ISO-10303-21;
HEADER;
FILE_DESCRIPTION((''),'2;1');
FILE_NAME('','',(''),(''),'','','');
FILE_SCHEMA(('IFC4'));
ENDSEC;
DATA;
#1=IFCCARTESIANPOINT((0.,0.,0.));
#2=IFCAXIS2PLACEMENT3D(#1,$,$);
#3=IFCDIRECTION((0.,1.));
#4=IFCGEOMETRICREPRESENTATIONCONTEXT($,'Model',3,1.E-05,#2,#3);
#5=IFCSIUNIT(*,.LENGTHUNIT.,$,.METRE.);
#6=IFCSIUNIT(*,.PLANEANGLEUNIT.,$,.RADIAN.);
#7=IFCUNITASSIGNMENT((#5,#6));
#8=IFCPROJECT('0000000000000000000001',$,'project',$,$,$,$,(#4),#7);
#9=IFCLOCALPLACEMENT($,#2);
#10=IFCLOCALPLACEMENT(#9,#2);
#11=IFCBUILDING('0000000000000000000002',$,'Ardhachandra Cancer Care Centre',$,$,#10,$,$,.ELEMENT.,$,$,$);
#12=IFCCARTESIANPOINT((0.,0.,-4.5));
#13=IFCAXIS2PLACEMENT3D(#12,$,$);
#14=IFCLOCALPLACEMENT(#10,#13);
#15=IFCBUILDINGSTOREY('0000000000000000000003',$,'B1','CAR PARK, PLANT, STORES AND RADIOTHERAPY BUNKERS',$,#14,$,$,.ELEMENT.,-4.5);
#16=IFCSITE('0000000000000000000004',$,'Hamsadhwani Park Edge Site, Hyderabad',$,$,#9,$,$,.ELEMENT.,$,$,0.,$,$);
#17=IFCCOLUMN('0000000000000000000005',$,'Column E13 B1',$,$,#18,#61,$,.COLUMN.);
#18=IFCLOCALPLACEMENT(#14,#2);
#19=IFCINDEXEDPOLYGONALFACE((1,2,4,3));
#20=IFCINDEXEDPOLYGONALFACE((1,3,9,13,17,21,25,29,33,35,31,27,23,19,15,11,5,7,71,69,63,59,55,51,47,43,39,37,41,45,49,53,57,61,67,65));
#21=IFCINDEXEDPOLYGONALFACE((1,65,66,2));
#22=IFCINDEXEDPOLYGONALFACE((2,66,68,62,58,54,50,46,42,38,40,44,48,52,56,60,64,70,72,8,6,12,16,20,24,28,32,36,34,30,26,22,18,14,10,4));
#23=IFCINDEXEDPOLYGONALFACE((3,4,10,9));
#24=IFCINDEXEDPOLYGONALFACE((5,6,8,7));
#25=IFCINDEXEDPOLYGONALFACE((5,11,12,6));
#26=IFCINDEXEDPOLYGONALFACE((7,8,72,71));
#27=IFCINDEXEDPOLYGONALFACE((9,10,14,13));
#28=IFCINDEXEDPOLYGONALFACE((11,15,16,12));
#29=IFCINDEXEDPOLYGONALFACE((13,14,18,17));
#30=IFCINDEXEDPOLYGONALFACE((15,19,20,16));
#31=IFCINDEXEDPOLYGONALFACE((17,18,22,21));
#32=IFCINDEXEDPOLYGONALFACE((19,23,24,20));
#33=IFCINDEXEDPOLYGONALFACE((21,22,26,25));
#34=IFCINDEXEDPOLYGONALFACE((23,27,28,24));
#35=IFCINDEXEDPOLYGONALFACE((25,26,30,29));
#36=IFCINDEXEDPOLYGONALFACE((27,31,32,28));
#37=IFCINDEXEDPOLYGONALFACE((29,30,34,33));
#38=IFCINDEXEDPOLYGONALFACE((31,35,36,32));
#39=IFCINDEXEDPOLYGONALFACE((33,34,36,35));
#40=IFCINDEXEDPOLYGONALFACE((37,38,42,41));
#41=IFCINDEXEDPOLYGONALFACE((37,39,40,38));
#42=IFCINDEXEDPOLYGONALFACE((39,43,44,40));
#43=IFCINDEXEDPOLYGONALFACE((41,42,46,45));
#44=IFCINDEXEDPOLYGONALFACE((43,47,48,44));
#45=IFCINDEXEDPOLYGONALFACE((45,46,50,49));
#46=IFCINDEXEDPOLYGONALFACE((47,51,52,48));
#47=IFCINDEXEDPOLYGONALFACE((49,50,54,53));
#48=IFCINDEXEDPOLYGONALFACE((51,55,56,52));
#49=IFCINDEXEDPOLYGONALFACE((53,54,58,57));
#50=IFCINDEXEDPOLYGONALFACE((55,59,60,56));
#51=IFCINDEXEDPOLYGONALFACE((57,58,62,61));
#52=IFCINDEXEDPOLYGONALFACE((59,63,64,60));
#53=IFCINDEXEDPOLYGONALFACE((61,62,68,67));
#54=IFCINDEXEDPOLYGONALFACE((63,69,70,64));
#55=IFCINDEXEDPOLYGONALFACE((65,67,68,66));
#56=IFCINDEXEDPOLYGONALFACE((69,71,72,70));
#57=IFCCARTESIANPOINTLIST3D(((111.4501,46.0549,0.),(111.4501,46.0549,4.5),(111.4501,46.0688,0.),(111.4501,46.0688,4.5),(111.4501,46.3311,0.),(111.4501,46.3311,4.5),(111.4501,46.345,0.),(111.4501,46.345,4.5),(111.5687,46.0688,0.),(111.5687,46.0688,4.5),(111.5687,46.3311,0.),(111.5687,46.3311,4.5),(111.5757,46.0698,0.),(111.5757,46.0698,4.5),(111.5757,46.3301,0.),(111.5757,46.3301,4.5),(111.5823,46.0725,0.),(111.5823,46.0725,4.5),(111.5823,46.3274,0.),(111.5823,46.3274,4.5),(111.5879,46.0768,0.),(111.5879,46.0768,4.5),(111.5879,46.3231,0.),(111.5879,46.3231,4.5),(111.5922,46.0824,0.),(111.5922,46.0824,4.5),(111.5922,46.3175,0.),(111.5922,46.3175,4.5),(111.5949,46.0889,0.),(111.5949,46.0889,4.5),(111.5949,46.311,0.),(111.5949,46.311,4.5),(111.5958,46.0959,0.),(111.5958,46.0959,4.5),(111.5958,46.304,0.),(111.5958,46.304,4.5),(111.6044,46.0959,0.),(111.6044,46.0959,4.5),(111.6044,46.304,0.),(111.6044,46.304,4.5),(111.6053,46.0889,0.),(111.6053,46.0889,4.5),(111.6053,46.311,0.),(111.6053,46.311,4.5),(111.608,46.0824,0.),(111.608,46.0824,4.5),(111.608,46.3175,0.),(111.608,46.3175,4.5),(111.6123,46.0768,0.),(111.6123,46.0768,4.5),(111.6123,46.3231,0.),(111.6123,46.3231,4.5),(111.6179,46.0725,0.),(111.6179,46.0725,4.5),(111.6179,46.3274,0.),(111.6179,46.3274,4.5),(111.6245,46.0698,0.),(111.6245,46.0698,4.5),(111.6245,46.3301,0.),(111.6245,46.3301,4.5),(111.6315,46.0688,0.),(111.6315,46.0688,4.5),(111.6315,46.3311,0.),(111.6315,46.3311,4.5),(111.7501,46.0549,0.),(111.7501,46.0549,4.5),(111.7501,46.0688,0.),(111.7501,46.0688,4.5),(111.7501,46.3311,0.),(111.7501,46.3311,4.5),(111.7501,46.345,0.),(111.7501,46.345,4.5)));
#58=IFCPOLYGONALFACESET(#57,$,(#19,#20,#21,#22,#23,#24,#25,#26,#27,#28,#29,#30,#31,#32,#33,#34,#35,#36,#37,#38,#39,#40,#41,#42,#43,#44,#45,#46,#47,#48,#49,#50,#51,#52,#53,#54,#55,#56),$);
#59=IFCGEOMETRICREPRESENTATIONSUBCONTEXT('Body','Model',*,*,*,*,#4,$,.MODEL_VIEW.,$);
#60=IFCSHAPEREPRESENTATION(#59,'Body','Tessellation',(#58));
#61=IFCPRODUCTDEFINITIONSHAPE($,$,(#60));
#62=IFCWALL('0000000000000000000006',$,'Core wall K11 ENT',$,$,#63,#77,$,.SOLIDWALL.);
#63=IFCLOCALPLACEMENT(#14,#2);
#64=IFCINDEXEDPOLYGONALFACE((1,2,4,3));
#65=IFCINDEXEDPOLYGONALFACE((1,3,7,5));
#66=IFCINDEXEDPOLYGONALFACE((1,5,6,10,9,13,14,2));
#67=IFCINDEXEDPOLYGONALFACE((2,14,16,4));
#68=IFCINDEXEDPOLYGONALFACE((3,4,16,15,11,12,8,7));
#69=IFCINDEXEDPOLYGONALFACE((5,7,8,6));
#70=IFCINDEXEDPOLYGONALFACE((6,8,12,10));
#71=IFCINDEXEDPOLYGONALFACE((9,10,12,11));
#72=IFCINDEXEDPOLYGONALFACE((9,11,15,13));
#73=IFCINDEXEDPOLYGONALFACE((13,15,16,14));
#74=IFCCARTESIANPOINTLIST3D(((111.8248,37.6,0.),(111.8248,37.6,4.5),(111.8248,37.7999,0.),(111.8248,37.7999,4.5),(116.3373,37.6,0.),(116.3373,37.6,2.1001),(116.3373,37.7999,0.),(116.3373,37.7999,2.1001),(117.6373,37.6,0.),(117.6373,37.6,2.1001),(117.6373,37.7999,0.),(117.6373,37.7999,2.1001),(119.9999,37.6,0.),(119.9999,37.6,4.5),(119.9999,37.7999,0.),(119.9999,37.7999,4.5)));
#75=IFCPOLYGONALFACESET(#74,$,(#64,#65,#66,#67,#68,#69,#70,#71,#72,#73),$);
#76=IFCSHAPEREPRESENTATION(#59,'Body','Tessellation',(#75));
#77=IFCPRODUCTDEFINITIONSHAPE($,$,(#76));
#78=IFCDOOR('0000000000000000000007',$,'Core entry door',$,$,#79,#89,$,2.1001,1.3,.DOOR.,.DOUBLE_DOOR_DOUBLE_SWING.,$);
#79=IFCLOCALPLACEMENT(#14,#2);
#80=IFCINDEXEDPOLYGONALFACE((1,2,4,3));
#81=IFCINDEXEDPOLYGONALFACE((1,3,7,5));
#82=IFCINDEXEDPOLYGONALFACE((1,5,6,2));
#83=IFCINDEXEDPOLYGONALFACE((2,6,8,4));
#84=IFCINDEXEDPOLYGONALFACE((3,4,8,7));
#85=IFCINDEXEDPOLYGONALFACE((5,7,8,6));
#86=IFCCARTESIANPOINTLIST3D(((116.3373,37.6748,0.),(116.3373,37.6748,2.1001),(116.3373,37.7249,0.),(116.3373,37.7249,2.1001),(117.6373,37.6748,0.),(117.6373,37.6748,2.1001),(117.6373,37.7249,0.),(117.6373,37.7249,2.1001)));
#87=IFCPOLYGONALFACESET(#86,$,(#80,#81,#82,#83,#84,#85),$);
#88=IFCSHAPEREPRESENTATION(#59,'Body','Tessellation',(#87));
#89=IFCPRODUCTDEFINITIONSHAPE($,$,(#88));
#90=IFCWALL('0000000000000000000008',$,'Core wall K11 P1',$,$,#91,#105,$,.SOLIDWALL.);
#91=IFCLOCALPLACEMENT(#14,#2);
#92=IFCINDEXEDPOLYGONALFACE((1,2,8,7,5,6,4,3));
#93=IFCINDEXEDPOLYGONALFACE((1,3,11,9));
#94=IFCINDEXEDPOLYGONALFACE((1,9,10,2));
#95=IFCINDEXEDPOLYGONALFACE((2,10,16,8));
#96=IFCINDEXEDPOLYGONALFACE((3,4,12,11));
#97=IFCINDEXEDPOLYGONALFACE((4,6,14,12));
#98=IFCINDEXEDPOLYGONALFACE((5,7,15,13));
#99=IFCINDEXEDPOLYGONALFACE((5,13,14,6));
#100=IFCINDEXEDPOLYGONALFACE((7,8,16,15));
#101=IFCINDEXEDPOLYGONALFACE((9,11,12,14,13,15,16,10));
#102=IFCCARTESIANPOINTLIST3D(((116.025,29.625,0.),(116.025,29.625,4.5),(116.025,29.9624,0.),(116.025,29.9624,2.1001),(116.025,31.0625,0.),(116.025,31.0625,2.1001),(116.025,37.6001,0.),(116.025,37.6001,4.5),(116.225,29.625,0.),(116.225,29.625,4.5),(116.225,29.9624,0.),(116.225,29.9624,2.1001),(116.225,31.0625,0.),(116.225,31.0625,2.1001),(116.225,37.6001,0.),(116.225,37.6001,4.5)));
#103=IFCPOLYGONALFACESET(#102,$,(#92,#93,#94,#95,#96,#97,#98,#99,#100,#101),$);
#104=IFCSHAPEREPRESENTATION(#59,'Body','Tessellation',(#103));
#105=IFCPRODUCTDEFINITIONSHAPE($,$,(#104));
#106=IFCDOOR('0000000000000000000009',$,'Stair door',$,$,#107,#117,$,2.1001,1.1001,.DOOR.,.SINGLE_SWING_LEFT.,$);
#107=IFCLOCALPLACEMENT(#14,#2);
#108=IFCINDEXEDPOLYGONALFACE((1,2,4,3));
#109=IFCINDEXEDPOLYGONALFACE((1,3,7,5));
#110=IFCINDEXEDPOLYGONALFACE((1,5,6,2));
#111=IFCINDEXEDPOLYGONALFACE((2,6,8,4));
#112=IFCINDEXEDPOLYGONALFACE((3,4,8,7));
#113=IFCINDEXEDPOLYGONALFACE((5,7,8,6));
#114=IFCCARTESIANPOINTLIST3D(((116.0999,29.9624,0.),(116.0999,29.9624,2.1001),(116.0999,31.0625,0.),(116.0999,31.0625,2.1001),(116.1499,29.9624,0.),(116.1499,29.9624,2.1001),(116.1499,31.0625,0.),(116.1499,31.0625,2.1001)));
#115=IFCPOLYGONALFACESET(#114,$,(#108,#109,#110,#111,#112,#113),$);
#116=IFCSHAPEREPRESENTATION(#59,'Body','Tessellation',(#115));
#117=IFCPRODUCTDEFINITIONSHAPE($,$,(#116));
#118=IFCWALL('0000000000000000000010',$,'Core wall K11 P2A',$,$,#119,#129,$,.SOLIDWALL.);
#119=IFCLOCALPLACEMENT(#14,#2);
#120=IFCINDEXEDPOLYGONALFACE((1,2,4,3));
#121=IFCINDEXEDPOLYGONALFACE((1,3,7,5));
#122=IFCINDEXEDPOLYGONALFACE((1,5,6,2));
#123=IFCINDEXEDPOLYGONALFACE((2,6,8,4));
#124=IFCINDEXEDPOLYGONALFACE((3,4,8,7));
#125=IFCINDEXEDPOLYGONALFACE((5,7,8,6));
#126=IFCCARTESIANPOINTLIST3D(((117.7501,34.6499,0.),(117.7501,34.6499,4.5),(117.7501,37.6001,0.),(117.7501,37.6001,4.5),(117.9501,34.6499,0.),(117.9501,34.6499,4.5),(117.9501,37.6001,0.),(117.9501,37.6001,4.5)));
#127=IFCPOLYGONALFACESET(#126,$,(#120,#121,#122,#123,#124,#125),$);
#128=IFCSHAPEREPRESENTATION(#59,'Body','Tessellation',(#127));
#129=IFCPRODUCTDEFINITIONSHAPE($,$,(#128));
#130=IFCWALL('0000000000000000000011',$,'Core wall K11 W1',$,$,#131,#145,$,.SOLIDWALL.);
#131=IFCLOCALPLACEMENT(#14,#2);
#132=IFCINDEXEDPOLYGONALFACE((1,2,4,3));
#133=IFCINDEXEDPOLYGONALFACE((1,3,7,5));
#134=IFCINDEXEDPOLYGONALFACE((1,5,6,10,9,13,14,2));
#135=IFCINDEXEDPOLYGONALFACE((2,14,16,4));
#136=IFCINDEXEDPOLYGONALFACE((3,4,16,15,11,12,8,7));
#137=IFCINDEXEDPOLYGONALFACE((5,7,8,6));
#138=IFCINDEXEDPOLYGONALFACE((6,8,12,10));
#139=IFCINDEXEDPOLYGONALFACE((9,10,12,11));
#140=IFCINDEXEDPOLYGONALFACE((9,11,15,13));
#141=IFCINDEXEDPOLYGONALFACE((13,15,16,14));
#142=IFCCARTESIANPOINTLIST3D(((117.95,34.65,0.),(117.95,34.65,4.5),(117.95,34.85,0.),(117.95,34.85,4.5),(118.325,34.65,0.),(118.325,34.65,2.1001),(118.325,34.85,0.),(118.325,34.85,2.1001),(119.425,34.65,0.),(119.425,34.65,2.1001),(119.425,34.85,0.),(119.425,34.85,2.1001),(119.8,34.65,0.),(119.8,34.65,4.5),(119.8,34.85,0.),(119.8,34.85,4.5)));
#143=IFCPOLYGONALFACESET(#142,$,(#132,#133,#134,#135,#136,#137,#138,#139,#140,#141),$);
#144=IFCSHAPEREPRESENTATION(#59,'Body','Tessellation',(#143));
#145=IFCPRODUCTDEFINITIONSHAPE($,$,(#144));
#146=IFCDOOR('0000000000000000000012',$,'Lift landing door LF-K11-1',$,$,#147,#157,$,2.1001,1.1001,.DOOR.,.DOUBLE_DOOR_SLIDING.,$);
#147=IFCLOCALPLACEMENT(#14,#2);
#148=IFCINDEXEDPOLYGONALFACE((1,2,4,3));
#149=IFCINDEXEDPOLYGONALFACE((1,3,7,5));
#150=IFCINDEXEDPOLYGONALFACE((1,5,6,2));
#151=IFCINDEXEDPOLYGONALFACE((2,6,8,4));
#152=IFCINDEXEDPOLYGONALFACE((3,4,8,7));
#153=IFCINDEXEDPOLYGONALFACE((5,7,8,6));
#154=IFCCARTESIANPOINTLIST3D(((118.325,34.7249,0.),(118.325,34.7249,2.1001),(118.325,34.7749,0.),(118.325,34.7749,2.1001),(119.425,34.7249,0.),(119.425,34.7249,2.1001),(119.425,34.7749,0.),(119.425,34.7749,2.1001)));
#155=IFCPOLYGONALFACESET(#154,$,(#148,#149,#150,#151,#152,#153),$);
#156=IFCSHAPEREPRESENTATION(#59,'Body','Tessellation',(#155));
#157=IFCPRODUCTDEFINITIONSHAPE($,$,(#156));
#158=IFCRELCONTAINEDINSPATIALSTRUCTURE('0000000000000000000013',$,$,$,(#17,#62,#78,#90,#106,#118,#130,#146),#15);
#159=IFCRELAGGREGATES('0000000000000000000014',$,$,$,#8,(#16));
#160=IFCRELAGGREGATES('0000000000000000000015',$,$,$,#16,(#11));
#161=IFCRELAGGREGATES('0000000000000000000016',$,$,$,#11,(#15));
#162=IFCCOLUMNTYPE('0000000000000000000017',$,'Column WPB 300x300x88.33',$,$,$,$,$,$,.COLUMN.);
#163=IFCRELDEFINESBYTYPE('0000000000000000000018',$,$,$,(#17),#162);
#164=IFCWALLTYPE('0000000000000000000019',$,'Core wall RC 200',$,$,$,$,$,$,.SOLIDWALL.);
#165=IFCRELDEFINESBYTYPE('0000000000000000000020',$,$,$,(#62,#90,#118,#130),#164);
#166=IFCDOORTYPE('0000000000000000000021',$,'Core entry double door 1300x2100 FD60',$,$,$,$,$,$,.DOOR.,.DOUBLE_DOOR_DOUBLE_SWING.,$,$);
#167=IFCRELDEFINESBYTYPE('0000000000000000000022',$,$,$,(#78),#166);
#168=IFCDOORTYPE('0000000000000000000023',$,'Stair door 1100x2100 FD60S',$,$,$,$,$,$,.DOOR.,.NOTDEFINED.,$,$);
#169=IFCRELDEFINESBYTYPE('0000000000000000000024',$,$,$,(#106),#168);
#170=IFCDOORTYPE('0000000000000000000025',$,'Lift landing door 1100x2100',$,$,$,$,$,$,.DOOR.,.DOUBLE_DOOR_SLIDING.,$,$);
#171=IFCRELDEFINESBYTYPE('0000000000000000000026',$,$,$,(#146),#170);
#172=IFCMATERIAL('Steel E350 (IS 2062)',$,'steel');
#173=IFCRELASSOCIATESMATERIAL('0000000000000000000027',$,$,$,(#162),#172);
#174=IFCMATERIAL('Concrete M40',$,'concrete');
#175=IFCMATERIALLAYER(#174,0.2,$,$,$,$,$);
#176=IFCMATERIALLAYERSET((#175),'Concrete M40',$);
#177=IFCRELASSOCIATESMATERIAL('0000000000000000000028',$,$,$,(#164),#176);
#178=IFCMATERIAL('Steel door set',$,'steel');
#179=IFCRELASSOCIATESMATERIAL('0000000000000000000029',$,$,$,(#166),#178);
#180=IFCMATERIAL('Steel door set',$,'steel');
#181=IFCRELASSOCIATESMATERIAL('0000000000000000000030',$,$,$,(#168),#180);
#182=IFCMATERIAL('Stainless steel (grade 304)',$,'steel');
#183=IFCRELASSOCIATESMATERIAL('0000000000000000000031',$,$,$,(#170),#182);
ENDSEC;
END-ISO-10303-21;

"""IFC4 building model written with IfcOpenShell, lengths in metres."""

from ifc_helpers import new_model, si_unit, direction, frame, frame_2d, origin, origin_2d, place, context, subcontext, project, spatial, rectangle, i_section, extrude, material, layer, layer_set, material_profile, profile_set, type_object, element, fill, save


model = new_model("IFC4")

# Units and contexts
model_context = context("Model", 3, precision=1e-05, world=origin(), true_north=direction((0.0, 1.0)))
body_context = subcontext(model_context, "Body", "Model", "MODEL_VIEW")
ifc_project = project(units=[si_unit("LENGTHUNIT", "METRE"), si_unit("PLANEANGLEUNIT", "RADIAN")], contexts=[model_context])

# Site, building, storey
site_placement = place(None, origin())
site = spatial("IfcSite", under=ifc_project, at=site_placement, Name="Hamsadhwani Park Edge Site, Hyderabad", CompositionType="ELEMENT", RefElevation=0.0)
building_placement = place(site_placement, origin())
building = spatial("IfcBuilding", under=site, at=building_placement, Name="Ardhachandra Cancer Care Centre", CompositionType="ELEMENT")
storey_placement = place(building_placement, frame((0.0, 0.0, -4.5)))
storey = spatial("IfcBuildingStorey", under=building, at=storey_placement, Name="B1", Description="CAR PARK, PLANT, STORES AND RADIOTHERAPY BUNKERS", CompositionType="ELEMENT", Elevation=-4.5)

# Column
ifc_material_1 = material(Name="Steel E350 (IS 2062)", Category="steel")
ifc_material_profile_1 = material_profile(ifc_material_1, i_section(OverallWidth=0.3, OverallDepth=0.29, WebThickness=0.0085, FlangeThickness=0.0139, FilletRadius=0.0271, at=origin_2d()), Name="WPB 300x300x88.33")
ifc_profile_set_1 = profile_set([ifc_material_profile_1], Name="Steel E350 (IS 2062)")
column_type = type_object("IfcColumnType", Name="Column WPB 300x300x88.33", PredefinedType="COLUMN", material=ifc_profile_set_1)
column_placement = place(storey_placement, frame((111.6001, 46.2, 0.0), z_axis=(0.0, 0.0, 1.0), x_axis=(1.0, 0.0, 0.0)))
element("IfcColumn", 1, at=column_placement, inside=storey, type_object=column_type, Name="Column E13 B1", PredefinedType="COLUMN", context=body_context, shape_type="SweptSolid", body=[
    extrude(i_section(OverallWidth=0.3, OverallDepth=0.29, WebThickness=0.0085, FlangeThickness=0.0139, FilletRadius=0.0271, at=origin_2d()), origin(), (0.0, 0.0, 1.0), 4.5),
])

# Walls, openings, doors
ifc_material_2 = material(Name="Concrete M40", Category="concrete")
ifc_layer = layer(ifc_material_2, 0.2)
ifc_layer_set = layer_set([ifc_layer], Name="Concrete M40")
wall_type = type_object("IfcWallType", Name="Core wall RC 200", PredefinedType="SOLIDWALL", material=ifc_layer_set)
wall_1_placement = place(storey_placement, frame((111.825, 37.7, 0.0), z_axis=(0.0, 0.0, 1.0), x_axis=(1.0, 0.0, 0.0)))
wall_1 = element("IfcWall", 2, at=wall_1_placement, inside=storey, type_object=wall_type, Name="Core wall K11 ENT", PredefinedType="SOLIDWALL", context=body_context, shape_type="SweptSolid", body=[
    extrude(rectangle(XDim=8.175, YDim=0.2, at=frame_2d((4.0874, 0.0))), origin(), (0.0, 0.0, 1.0), 4.5),
])
opening_1_placement = place(wall_1_placement, frame((4.5125, 0.0, 0.0)))
opening_1 = element("IfcOpeningElement", 3, at=opening_1_placement, cuts=wall_1, PredefinedType="OPENING", context=body_context, shape_type="SweptSolid", body=[
    extrude(rectangle(XDim=1.3, YDim=2.1001, at=frame_2d((0.6499, 1.05))), frame((0.0, 0.1099, 0.0), z_axis=(0.0, -1.0, 0.0), x_axis=(1.0, 0.0, 0.0)), (0.0, 0.0, 1.0), 0.22),
])
ifc_material_3 = material(Name="Steel door set", Category="steel")
door_type_1 = type_object("IfcDoorType", Name="Core entry double door 1300x2100 FD60", OperationType="DOUBLE_DOOR_DOUBLE_SWING", PredefinedType="DOOR", material=ifc_material_3)
door_1_placement = place(opening_1_placement, origin())
door_1 = element("IfcDoor", 4, at=door_1_placement, inside=storey, type_object=door_type_1, Name="Core entry door", OperationType="DOUBLE_DOOR_DOUBLE_SWING", OverallHeight=2.1001, OverallWidth=1.3, PredefinedType="DOOR", context=body_context, shape_type="SweptSolid", body=[
    extrude(rectangle(XDim=1.3, YDim=2.1001, at=frame_2d((0.6499, 1.05))), frame((0.0, 0.0249, 0.0), z_axis=(0.0, -1.0, 0.0), x_axis=(1.0, 0.0, 0.0)), (0.0, 0.0, 1.0), 0.05),
])
fill(opening_1, door_1)
wall_2_placement = place(storey_placement, frame((116.125, 37.6001, 0.0), z_axis=(0.0, 0.0, 1.0), x_axis=(0.0, -1.0, 0.0)))
wall_2 = element("IfcWall", 5, at=wall_2_placement, inside=storey, type_object=wall_type, Name="Core wall K11 P1", PredefinedType="SOLIDWALL", context=body_context, shape_type="SweptSolid", body=[
    extrude(rectangle(XDim=7.9751, YDim=0.2, at=frame_2d((3.9875, 0.0))), origin(), (0.0, 0.0, 1.0), 4.5),
])
opening_2_placement = place(wall_2_placement, frame((6.5376, 0.0, 0.0)))
opening_2 = element("IfcOpeningElement", 6, at=opening_2_placement, cuts=wall_2, PredefinedType="OPENING", context=body_context, shape_type="SweptSolid", body=[
    extrude(rectangle(XDim=1.1001, YDim=2.1001, at=frame_2d((0.55, 1.05))), frame((0.0, 0.1099, 0.0), z_axis=(0.0, -1.0, 0.0), x_axis=(1.0, 0.0, 0.0)), (0.0, 0.0, 1.0), 0.22),
])
ifc_material_4 = material(Name="Steel door set", Category="steel")
door_type_2 = type_object("IfcDoorType", Name="Stair door 1100x2100 FD60S", OperationType="NOTDEFINED", PredefinedType="DOOR", material=ifc_material_4)
door_2_placement = place(opening_2_placement, origin())
door_2 = element("IfcDoor", 7, at=door_2_placement, inside=storey, type_object=door_type_2, Name="Stair door", OperationType="SINGLE_SWING_LEFT", OverallHeight=2.1001, OverallWidth=1.1001, PredefinedType="DOOR", context=body_context, shape_type="SweptSolid", body=[
    extrude(rectangle(XDim=1.1001, YDim=2.1001, at=frame_2d((0.55, 1.05))), frame((0.0, 0.0249, 0.0), z_axis=(0.0, -1.0, 0.0), x_axis=(1.0, 0.0, 0.0)), (0.0, 0.0, 1.0), 0.05),
])
fill(opening_2, door_2)

# Wall
wall_3_placement = place(storey_placement, frame((117.8501, 37.6001, 0.0), z_axis=(0.0, 0.0, 1.0), x_axis=(0.0, -1.0, 0.0)))
element("IfcWall", 8, at=wall_3_placement, inside=storey, type_object=wall_type, Name="Core wall K11 P2A", PredefinedType="SOLIDWALL", context=body_context, shape_type="SweptSolid", body=[
    extrude(rectangle(XDim=2.9502, YDim=0.2, at=frame_2d((1.4751, 0.0))), origin(), (0.0, 0.0, 1.0), 4.5),
])

# Wall, opening, door
wall_4_placement = place(storey_placement, frame((117.95, 34.75, 0.0), z_axis=(0.0, 0.0, 1.0), x_axis=(1.0, 0.0, 0.0)))
wall_4 = element("IfcWall", 9, at=wall_4_placement, inside=storey, type_object=wall_type, Name="Core wall K11 W1", PredefinedType="SOLIDWALL", context=body_context, shape_type="SweptSolid", body=[
    extrude(rectangle(XDim=1.8501, YDim=0.2, at=frame_2d((0.925, 0.0))), origin(), (0.0, 0.0, 1.0), 4.5),
])
opening_3_placement = place(wall_4_placement, frame((0.375, 0.0, 0.0)))
opening_3 = element("IfcOpeningElement", 10, at=opening_3_placement, cuts=wall_4, PredefinedType="OPENING", context=body_context, shape_type="SweptSolid", body=[
    extrude(rectangle(XDim=1.1001, YDim=2.1001, at=frame_2d((0.55, 1.05))), frame((0.0, 0.1099, 0.0), z_axis=(0.0, -1.0, 0.0), x_axis=(1.0, 0.0, 0.0)), (0.0, 0.0, 1.0), 0.22),
])
ifc_material_5 = material(Name="Stainless steel (grade 304)", Category="steel")
door_type_3 = type_object("IfcDoorType", Name="Lift landing door 1100x2100", OperationType="DOUBLE_DOOR_SLIDING", PredefinedType="DOOR", material=ifc_material_5)
door_3_placement = place(opening_3_placement, origin())
door_3 = element("IfcDoor", 11, at=door_3_placement, inside=storey, type_object=door_type_3, Name="Lift landing door LF-K11-1", OperationType="DOUBLE_DOOR_SLIDING", OverallHeight=2.1001, OverallWidth=1.1001, PredefinedType="DOOR", context=body_context, shape_type="SweptSolid", body=[
    extrude(rectangle(XDim=1.1001, YDim=2.1001, at=frame_2d((0.55, 1.05))), frame((0.0, 0.0249, 0.0), z_axis=(0.0, -1.0, 0.0), x_axis=(1.0, 0.0, 0.0)), (0.0, 0.0, 1.0), 0.05),
])
fill(opening_3, door_3)

save(model, "model.ifc")
